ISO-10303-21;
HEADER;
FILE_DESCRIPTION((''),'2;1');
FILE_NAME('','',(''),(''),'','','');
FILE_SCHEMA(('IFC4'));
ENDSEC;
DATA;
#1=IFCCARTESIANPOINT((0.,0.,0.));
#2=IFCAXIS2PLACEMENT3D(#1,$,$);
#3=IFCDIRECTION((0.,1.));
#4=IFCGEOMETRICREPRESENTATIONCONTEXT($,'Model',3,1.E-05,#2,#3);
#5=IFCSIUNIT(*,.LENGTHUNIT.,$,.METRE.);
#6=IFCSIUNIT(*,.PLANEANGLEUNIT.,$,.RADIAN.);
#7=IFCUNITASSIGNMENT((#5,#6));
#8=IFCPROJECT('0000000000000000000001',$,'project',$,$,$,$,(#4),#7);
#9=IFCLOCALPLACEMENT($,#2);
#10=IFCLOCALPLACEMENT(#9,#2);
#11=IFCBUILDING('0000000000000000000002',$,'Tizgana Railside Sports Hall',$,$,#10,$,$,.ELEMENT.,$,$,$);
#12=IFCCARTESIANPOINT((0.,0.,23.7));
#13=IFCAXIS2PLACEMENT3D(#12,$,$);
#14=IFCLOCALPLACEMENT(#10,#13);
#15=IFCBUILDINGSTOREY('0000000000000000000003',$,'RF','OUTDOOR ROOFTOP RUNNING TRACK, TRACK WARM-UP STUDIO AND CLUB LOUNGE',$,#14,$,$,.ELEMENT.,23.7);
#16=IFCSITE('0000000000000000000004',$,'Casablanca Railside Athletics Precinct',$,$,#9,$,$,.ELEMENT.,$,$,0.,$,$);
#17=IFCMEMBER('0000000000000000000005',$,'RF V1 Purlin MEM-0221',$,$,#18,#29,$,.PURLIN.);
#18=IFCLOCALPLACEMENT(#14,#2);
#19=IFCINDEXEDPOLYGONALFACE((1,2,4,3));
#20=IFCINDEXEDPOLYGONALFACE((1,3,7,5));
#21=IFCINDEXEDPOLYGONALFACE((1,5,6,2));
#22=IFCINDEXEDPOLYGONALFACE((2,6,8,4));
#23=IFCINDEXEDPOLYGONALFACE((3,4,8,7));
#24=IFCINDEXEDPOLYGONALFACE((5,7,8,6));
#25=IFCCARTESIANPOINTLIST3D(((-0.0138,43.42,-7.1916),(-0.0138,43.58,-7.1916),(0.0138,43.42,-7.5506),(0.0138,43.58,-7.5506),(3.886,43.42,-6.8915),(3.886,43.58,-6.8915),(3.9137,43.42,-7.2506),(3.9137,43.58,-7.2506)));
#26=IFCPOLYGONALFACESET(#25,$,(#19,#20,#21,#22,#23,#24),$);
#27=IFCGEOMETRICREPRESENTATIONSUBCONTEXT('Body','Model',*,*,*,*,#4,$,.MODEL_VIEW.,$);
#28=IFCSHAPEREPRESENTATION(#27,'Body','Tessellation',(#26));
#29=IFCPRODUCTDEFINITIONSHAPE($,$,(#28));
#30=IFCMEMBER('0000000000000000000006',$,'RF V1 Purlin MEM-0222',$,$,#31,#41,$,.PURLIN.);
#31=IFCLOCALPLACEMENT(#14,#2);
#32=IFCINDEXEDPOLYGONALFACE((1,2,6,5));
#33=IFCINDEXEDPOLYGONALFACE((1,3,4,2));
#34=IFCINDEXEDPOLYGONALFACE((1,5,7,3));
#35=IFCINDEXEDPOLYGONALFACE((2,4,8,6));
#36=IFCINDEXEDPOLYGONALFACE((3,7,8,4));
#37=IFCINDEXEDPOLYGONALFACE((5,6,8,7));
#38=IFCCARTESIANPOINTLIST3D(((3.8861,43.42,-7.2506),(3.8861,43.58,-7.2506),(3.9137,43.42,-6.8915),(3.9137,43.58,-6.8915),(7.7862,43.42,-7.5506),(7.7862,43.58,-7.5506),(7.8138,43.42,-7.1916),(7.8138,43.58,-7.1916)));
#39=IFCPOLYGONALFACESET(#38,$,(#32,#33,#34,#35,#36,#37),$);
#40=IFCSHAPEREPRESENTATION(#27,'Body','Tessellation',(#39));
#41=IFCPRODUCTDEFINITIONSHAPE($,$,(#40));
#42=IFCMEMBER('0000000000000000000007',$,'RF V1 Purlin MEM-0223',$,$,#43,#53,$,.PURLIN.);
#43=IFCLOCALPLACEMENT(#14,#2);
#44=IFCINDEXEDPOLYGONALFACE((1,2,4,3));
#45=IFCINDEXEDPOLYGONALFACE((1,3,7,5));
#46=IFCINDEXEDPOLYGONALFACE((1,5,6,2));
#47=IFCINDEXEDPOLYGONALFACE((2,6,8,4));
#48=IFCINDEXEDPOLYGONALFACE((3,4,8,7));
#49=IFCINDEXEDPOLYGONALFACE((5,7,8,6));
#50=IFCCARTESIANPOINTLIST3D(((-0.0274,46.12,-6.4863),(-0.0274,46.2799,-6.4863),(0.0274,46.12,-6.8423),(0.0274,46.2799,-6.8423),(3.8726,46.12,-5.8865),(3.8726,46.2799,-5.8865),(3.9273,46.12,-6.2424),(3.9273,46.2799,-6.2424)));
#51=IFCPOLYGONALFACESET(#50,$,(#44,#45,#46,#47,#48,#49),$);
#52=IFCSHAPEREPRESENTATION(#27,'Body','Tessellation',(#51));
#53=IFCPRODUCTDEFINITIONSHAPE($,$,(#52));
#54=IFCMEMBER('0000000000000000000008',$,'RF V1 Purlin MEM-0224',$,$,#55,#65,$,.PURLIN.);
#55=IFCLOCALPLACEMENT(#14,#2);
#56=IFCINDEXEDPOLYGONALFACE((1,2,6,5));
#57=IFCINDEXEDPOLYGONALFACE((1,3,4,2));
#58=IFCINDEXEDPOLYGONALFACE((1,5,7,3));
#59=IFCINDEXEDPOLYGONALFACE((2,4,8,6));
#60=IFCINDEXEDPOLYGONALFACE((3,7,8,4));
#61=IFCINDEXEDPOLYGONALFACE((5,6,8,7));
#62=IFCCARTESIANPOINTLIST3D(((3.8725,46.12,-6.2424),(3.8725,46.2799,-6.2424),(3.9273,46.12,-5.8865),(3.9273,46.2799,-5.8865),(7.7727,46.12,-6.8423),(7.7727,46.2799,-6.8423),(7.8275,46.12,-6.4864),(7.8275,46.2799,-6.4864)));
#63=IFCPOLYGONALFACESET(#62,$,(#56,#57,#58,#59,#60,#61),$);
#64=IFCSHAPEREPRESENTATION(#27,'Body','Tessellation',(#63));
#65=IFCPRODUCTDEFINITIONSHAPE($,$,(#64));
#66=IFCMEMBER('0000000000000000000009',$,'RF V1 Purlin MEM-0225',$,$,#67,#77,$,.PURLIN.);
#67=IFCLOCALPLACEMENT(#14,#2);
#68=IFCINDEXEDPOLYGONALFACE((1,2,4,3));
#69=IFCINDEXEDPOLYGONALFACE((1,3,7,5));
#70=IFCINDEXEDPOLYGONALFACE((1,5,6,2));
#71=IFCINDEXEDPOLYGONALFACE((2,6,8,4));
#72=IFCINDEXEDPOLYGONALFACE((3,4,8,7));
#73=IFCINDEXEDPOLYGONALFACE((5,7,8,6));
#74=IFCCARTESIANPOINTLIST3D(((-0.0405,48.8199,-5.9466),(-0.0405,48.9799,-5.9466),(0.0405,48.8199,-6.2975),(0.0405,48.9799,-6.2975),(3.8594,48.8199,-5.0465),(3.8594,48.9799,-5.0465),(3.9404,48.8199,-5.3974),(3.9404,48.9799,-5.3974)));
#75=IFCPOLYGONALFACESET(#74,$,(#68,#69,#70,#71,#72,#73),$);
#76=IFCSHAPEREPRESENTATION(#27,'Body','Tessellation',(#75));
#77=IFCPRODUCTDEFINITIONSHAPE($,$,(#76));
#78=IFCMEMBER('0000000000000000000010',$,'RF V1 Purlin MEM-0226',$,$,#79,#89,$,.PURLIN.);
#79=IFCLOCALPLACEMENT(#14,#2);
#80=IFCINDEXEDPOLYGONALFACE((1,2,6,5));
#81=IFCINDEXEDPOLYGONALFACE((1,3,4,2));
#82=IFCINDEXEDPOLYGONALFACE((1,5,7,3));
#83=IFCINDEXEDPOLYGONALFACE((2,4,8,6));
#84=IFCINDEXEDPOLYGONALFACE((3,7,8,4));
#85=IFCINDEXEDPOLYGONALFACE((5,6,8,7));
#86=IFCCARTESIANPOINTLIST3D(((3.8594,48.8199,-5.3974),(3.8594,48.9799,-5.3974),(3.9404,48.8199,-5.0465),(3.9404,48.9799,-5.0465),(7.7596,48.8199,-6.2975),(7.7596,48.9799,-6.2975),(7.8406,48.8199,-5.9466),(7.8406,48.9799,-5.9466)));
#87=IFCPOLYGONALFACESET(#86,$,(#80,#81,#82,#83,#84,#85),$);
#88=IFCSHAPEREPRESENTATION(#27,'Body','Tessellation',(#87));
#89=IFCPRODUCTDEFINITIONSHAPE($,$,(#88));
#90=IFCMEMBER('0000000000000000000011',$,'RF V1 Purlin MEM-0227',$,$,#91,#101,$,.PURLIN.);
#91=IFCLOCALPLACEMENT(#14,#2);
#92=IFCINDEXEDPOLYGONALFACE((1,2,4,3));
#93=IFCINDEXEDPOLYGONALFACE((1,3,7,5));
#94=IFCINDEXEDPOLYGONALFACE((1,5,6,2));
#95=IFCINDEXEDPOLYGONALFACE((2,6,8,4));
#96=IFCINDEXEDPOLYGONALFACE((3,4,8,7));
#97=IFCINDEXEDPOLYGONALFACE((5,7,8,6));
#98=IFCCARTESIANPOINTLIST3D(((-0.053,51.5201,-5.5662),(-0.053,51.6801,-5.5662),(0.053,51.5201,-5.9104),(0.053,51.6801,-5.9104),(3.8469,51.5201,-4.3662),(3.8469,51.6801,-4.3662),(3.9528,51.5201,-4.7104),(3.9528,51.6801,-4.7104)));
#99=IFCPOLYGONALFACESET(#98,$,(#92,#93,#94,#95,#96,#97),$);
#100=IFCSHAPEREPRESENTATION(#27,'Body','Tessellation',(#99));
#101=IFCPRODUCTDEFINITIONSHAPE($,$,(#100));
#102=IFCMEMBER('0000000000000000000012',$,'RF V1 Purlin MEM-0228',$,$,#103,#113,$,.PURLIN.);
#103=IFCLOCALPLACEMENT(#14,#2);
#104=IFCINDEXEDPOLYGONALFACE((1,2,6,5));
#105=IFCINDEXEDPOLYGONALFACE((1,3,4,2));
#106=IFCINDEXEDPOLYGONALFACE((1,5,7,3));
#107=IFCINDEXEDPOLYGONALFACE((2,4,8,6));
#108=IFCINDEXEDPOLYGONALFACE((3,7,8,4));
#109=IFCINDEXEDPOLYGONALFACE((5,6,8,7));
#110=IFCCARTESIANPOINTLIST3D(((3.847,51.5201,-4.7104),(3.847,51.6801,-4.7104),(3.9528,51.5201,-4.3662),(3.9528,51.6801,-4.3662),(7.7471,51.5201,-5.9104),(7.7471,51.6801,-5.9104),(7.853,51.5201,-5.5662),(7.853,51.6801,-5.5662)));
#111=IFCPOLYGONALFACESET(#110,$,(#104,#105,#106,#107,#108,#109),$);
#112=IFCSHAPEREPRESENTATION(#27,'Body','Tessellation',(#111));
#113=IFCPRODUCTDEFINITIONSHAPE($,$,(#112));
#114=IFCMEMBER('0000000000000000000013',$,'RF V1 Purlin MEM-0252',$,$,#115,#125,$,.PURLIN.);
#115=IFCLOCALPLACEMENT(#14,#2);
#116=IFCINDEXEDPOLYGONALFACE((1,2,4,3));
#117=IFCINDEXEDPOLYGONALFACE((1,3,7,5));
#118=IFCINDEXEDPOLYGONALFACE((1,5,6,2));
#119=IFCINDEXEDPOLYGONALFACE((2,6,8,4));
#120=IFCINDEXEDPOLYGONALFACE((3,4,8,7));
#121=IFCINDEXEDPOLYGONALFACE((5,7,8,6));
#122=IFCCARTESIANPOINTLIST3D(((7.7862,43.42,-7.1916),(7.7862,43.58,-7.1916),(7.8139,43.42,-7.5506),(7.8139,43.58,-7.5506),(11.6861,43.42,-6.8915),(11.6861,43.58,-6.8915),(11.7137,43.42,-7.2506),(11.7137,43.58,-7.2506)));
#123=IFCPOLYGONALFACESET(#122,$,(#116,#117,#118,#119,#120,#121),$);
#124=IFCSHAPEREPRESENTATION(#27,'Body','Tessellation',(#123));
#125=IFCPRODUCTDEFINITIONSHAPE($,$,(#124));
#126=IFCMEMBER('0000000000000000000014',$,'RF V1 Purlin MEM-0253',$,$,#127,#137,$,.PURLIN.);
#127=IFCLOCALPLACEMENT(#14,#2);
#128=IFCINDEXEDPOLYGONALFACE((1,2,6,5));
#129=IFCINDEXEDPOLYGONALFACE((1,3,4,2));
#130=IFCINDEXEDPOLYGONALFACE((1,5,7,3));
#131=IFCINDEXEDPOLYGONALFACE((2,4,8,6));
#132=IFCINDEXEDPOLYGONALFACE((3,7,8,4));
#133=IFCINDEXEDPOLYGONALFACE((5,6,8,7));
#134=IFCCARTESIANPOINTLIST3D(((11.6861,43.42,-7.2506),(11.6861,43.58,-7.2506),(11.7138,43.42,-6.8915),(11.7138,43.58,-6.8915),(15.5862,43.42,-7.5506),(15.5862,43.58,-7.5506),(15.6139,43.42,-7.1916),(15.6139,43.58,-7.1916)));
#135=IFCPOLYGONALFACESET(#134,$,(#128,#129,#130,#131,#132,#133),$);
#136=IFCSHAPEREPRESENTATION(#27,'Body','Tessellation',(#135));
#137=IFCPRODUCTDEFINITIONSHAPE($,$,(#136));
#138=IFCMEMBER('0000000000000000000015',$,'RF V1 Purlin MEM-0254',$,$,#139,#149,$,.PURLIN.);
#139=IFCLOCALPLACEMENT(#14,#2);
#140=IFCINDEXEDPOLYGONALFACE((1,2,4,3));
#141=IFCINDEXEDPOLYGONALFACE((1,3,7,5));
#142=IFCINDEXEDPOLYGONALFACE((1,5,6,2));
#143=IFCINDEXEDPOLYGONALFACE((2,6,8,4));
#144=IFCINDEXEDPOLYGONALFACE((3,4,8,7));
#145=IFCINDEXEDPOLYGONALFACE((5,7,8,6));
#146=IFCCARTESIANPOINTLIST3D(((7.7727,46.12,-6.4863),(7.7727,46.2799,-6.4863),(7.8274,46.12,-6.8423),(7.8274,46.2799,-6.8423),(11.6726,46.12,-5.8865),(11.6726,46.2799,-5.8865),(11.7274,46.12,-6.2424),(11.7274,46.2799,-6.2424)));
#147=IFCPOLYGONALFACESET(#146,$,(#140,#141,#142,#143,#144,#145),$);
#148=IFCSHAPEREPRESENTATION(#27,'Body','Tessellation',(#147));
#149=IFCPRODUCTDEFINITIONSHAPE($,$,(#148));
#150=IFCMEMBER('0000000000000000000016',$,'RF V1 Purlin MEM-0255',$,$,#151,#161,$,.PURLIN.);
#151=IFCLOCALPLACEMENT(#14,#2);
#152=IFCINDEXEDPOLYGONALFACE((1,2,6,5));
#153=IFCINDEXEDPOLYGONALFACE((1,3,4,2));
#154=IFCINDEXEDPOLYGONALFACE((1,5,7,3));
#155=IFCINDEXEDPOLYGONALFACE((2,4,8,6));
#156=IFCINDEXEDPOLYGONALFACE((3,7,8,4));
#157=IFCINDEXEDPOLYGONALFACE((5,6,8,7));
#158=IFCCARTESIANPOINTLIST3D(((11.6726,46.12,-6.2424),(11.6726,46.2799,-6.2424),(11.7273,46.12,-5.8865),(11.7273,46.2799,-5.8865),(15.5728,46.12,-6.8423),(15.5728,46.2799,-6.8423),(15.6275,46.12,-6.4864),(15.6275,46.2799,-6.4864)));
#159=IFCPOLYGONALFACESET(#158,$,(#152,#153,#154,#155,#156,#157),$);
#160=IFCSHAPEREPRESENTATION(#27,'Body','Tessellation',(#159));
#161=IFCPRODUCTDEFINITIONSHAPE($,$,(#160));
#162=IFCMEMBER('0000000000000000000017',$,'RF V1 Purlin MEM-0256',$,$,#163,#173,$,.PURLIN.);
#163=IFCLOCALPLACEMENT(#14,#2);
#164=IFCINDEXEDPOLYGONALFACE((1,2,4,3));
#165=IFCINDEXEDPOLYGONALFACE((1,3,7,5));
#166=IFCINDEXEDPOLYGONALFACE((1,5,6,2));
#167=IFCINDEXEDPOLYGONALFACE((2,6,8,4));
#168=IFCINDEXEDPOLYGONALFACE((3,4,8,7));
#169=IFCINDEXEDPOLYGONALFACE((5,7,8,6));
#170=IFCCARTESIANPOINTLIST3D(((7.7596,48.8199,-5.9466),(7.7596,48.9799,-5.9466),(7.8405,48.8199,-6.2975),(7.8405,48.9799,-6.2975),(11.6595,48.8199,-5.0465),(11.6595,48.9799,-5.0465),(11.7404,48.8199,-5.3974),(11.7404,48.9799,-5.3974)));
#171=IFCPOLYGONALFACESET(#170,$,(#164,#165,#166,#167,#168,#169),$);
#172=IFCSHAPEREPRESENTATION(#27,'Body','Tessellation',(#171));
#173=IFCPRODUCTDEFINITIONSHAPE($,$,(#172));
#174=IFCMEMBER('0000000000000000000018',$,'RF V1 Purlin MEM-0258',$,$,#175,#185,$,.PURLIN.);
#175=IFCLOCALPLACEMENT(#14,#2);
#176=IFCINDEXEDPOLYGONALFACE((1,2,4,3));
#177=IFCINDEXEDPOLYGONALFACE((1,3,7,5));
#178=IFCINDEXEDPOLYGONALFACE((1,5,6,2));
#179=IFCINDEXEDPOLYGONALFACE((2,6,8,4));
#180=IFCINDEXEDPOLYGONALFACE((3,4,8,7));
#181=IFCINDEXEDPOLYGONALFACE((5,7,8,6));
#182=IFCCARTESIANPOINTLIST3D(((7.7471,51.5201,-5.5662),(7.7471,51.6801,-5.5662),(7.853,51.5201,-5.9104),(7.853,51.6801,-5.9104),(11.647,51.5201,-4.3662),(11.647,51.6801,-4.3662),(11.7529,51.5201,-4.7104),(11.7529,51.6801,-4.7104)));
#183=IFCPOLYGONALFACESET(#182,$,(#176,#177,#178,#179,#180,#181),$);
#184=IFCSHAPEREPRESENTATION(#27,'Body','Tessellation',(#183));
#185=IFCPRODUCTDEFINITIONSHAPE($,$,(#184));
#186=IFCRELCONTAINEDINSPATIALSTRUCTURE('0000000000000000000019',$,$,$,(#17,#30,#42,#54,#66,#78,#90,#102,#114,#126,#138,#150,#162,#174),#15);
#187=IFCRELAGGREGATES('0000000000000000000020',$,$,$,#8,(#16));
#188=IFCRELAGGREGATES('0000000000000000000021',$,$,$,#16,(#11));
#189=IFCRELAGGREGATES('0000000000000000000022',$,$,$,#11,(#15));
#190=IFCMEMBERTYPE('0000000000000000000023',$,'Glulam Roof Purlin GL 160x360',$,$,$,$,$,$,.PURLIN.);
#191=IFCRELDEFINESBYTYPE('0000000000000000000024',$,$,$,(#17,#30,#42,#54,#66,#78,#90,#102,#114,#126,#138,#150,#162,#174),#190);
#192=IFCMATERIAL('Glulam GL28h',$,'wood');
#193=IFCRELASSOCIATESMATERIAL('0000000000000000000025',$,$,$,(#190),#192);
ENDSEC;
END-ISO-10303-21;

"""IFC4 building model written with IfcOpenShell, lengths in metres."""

from ifc_helpers import new_model, si_unit, direction, frame, origin, origin_2d, place, context, subcontext, project, spatial, rectangle, extrude, material, material_profile, profile_set, type_object, element, save


model = new_model("IFC4")

# Units and contexts
model_context = context("Model", 3, precision=1e-05, world=origin(), true_north=direction((0.0, 1.0)))
body_context = subcontext(model_context, "Body", "Model", "MODEL_VIEW")
ifc_project = project(units=[si_unit("LENGTHUNIT", "METRE"), si_unit("PLANEANGLEUNIT", "RADIAN")], contexts=[model_context])

# Site, building, storey
site_placement = place(None, origin())
site = spatial("IfcSite", under=ifc_project, at=site_placement, Name="Casablanca Railside Athletics Precinct", CompositionType="ELEMENT", RefElevation=0.0)
building_placement = place(site_placement, origin())
building = spatial("IfcBuilding", under=site, at=building_placement, Name="Tizgana Railside Sports Hall", CompositionType="ELEMENT")
storey_placement = place(building_placement, frame((0.0, 0.0, 23.7)))
storey = spatial("IfcBuildingStorey", under=building, at=storey_placement, Name="RF", Description="OUTDOOR ROOFTOP RUNNING TRACK, TRACK WARM-UP STUDIO AND CLUB LOUNGE", CompositionType="ELEMENT", Elevation=23.7)

# Members
ifc_material_1 = material(Name="Glulam GL28h", Category="wood")
ifc_material_profile_1 = material_profile(ifc_material_1, rectangle(XDim=0.1599, YDim=0.3601, at=origin_2d()), Name="GL 160x360")
ifc_profile_set_1 = profile_set([ifc_material_profile_1], Name="Glulam GL28h")
member_type_1 = type_object("IfcMemberType", Name="Glulam Roof Purlin GL 160x360", PredefinedType="PURLIN", material=ifc_profile_set_1)
member_1_placement = place(storey_placement, frame((0.0, 43.5, -7.3711), z_axis=(0.997053, 0.0, 0.076711), x_axis=(0.0, 1.0, 0.0)))
element("IfcMember", 1, at=member_1_placement, inside=storey, type_object=member_type_1, Name="RF V1 Purlin MEM-0221", PredefinedType="PURLIN", context=body_context, shape_type="SweptSolid", body=[
    extrude(rectangle(XDim=0.1599, YDim=0.3601, at=origin_2d()), origin(), (0.0, 0.0, 1.0), 3.9114),
])
member_2_placement = place(storey_placement, frame((3.8999, 43.5, -7.071), z_axis=(0.997054, 0.0, -0.076706), x_axis=(0.0, 1.0, 0.0)))
element("IfcMember", 2, at=member_2_placement, inside=storey, type_object=member_type_1, Name="RF V1 Purlin MEM-0222", PredefinedType="PURLIN", context=body_context, shape_type="SweptSolid", body=[
    extrude(rectangle(XDim=0.1599, YDim=0.3601, at=origin_2d()), origin(), (0.0, 0.0, 1.0), 3.9116),
])
member_3_placement = place(storey_placement, frame((0.0, 46.2, -6.6643), z_axis=(0.988377, 0.0, 0.152025), x_axis=(0.0, 1.0, 0.0)))
element("IfcMember", 3, at=member_3_placement, inside=storey, type_object=member_type_1, Name="RF V1 Purlin MEM-0223", PredefinedType="PURLIN", context=body_context, shape_type="SweptSolid", body=[
    extrude(rectangle(XDim=0.1599, YDim=0.3601, at=origin_2d()), origin(), (0.0, 0.0, 1.0), 3.9458),
])
member_4_placement = place(storey_placement, frame((3.8999, 46.2, -6.0645), z_axis=(0.988378, 0.0, -0.152015), x_axis=(0.0, 1.0, 0.0)))
element("IfcMember", 4, at=member_4_placement, inside=storey, type_object=member_type_1, Name="RF V1 Purlin MEM-0224", PredefinedType="PURLIN", context=body_context, shape_type="SweptSolid", body=[
    extrude(rectangle(XDim=0.1599, YDim=0.3601, at=origin_2d()), origin(), (0.0, 0.0, 1.0), 3.946),
])
member_5_placement = place(storey_placement, frame((0.0, 48.8999, -6.1221), z_axis=(0.974382, 0.0, 0.2249), x_axis=(0.0, 1.0, 0.0)))
element("IfcMember", 5, at=member_5_placement, inside=storey, type_object=member_type_1, Name="RF V1 Purlin MEM-0225", PredefinedType="PURLIN", context=body_context, shape_type="SweptSolid", body=[
    extrude(rectangle(XDim=0.1599, YDim=0.3601, at=origin_2d()), origin(), (0.0, 0.0, 1.0), 4.0024),
])
member_6_placement = place(storey_placement, frame((3.8999, 48.8999, -5.2219), z_axis=(0.974385, 0.0, -0.224886), x_axis=(0.0, 1.0, 0.0)))
element("IfcMember", 6, at=member_6_placement, inside=storey, type_object=member_type_1, Name="RF V1 Purlin MEM-0226", PredefinedType="PURLIN", context=body_context, shape_type="SweptSolid", body=[
    extrude(rectangle(XDim=0.1599, YDim=0.3601, at=origin_2d()), origin(), (0.0, 0.0, 1.0), 4.0027),
])
member_7_placement = place(storey_placement, frame((0.0, 51.6001, -5.7383), z_axis=(0.95578, 0.0, 0.294082), x_axis=(0.0, 1.0, 0.0)))
element("IfcMember", 7, at=member_7_placement, inside=storey, type_object=member_type_1, Name="RF V1 Purlin MEM-0227", PredefinedType="PURLIN", context=body_context, shape_type="SweptSolid", body=[
    extrude(rectangle(XDim=0.1599, YDim=0.3601, at=origin_2d()), origin(), (0.0, 0.0, 1.0), 4.0803),
])
member_8_placement = place(storey_placement, frame((3.8999, 51.6001, -4.5383), z_axis=(0.955785, 0.0, -0.294065), x_axis=(0.0, 1.0, 0.0)))
element("IfcMember", 8, at=member_8_placement, inside=storey, type_object=member_type_1, Name="RF V1 Purlin MEM-0228", PredefinedType="PURLIN", context=body_context, shape_type="SweptSolid", body=[
    extrude(rectangle(XDim=0.1599, YDim=0.3601, at=origin_2d()), origin(), (0.0, 0.0, 1.0), 4.0806),
])
member_9_placement = place(storey_placement, frame((7.8, 43.5, -7.3711), z_axis=(0.997053, 0.0, 0.076711), x_axis=(0.0, 1.0, 0.0)))
element("IfcMember", 9, at=member_9_placement, inside=storey, type_object=member_type_1, Name="RF V1 Purlin MEM-0252", PredefinedType="PURLIN", context=body_context, shape_type="SweptSolid", body=[
    extrude(rectangle(XDim=0.1599, YDim=0.3601, at=origin_2d()), origin(), (0.0, 0.0, 1.0), 3.9114),
])
member_10_placement = place(storey_placement, frame((11.7, 43.5, -7.071), z_axis=(0.997054, 0.0, -0.076706), x_axis=(0.0, 1.0, 0.0)))
element("IfcMember", 10, at=member_10_placement, inside=storey, type_object=member_type_1, Name="RF V1 Purlin MEM-0253", PredefinedType="PURLIN", context=body_context, shape_type="SweptSolid", body=[
    extrude(rectangle(XDim=0.1599, YDim=0.3601, at=origin_2d()), origin(), (0.0, 0.0, 1.0), 3.9116),
])
member_11_placement = place(storey_placement, frame((7.8, 46.2, -6.6643), z_axis=(0.988377, 0.0, 0.152025), x_axis=(0.0, 1.0, 0.0)))
element("IfcMember", 11, at=member_11_placement, inside=storey, type_object=member_type_1, Name="RF V1 Purlin MEM-0254", PredefinedType="PURLIN", context=body_context, shape_type="SweptSolid", body=[
    extrude(rectangle(XDim=0.1599, YDim=0.3601, at=origin_2d()), origin(), (0.0, 0.0, 1.0), 3.9458),
])
member_12_placement = place(storey_placement, frame((11.7, 46.2, -6.0645), z_axis=(0.988378, 0.0, -0.152015), x_axis=(0.0, 1.0, 0.0)))
element("IfcMember", 12, at=member_12_placement, inside=storey, type_object=member_type_1, Name="RF V1 Purlin MEM-0255", PredefinedType="PURLIN", context=body_context, shape_type="SweptSolid", body=[
    extrude(rectangle(XDim=0.1599, YDim=0.3601, at=origin_2d()), origin(), (0.0, 0.0, 1.0), 3.946),
])
member_13_placement = place(storey_placement, frame((7.8, 48.8999, -6.1221), z_axis=(0.974382, 0.0, 0.2249), x_axis=(0.0, 1.0, 0.0)))
element("IfcMember", 13, at=member_13_placement, inside=storey, type_object=member_type_1, Name="RF V1 Purlin MEM-0256", PredefinedType="PURLIN", context=body_context, shape_type="SweptSolid", body=[
    extrude(rectangle(XDim=0.1599, YDim=0.3601, at=origin_2d()), origin(), (0.0, 0.0, 1.0), 4.0024),
])
member_14_placement = place(storey_placement, frame((7.8, 51.6001, -5.7383), z_axis=(0.95578, 0.0, 0.294082), x_axis=(0.0, 1.0, 0.0)))
element("IfcMember", 14, at=member_14_placement, inside=storey, type_object=member_type_1, Name="RF V1 Purlin MEM-0258", PredefinedType="PURLIN", context=body_context, shape_type="SweptSolid", body=[
    extrude(rectangle(XDim=0.1599, YDim=0.3601, at=origin_2d()), origin(), (0.0, 0.0, 1.0), 4.0803),
])

save(model, "model.ifc")
